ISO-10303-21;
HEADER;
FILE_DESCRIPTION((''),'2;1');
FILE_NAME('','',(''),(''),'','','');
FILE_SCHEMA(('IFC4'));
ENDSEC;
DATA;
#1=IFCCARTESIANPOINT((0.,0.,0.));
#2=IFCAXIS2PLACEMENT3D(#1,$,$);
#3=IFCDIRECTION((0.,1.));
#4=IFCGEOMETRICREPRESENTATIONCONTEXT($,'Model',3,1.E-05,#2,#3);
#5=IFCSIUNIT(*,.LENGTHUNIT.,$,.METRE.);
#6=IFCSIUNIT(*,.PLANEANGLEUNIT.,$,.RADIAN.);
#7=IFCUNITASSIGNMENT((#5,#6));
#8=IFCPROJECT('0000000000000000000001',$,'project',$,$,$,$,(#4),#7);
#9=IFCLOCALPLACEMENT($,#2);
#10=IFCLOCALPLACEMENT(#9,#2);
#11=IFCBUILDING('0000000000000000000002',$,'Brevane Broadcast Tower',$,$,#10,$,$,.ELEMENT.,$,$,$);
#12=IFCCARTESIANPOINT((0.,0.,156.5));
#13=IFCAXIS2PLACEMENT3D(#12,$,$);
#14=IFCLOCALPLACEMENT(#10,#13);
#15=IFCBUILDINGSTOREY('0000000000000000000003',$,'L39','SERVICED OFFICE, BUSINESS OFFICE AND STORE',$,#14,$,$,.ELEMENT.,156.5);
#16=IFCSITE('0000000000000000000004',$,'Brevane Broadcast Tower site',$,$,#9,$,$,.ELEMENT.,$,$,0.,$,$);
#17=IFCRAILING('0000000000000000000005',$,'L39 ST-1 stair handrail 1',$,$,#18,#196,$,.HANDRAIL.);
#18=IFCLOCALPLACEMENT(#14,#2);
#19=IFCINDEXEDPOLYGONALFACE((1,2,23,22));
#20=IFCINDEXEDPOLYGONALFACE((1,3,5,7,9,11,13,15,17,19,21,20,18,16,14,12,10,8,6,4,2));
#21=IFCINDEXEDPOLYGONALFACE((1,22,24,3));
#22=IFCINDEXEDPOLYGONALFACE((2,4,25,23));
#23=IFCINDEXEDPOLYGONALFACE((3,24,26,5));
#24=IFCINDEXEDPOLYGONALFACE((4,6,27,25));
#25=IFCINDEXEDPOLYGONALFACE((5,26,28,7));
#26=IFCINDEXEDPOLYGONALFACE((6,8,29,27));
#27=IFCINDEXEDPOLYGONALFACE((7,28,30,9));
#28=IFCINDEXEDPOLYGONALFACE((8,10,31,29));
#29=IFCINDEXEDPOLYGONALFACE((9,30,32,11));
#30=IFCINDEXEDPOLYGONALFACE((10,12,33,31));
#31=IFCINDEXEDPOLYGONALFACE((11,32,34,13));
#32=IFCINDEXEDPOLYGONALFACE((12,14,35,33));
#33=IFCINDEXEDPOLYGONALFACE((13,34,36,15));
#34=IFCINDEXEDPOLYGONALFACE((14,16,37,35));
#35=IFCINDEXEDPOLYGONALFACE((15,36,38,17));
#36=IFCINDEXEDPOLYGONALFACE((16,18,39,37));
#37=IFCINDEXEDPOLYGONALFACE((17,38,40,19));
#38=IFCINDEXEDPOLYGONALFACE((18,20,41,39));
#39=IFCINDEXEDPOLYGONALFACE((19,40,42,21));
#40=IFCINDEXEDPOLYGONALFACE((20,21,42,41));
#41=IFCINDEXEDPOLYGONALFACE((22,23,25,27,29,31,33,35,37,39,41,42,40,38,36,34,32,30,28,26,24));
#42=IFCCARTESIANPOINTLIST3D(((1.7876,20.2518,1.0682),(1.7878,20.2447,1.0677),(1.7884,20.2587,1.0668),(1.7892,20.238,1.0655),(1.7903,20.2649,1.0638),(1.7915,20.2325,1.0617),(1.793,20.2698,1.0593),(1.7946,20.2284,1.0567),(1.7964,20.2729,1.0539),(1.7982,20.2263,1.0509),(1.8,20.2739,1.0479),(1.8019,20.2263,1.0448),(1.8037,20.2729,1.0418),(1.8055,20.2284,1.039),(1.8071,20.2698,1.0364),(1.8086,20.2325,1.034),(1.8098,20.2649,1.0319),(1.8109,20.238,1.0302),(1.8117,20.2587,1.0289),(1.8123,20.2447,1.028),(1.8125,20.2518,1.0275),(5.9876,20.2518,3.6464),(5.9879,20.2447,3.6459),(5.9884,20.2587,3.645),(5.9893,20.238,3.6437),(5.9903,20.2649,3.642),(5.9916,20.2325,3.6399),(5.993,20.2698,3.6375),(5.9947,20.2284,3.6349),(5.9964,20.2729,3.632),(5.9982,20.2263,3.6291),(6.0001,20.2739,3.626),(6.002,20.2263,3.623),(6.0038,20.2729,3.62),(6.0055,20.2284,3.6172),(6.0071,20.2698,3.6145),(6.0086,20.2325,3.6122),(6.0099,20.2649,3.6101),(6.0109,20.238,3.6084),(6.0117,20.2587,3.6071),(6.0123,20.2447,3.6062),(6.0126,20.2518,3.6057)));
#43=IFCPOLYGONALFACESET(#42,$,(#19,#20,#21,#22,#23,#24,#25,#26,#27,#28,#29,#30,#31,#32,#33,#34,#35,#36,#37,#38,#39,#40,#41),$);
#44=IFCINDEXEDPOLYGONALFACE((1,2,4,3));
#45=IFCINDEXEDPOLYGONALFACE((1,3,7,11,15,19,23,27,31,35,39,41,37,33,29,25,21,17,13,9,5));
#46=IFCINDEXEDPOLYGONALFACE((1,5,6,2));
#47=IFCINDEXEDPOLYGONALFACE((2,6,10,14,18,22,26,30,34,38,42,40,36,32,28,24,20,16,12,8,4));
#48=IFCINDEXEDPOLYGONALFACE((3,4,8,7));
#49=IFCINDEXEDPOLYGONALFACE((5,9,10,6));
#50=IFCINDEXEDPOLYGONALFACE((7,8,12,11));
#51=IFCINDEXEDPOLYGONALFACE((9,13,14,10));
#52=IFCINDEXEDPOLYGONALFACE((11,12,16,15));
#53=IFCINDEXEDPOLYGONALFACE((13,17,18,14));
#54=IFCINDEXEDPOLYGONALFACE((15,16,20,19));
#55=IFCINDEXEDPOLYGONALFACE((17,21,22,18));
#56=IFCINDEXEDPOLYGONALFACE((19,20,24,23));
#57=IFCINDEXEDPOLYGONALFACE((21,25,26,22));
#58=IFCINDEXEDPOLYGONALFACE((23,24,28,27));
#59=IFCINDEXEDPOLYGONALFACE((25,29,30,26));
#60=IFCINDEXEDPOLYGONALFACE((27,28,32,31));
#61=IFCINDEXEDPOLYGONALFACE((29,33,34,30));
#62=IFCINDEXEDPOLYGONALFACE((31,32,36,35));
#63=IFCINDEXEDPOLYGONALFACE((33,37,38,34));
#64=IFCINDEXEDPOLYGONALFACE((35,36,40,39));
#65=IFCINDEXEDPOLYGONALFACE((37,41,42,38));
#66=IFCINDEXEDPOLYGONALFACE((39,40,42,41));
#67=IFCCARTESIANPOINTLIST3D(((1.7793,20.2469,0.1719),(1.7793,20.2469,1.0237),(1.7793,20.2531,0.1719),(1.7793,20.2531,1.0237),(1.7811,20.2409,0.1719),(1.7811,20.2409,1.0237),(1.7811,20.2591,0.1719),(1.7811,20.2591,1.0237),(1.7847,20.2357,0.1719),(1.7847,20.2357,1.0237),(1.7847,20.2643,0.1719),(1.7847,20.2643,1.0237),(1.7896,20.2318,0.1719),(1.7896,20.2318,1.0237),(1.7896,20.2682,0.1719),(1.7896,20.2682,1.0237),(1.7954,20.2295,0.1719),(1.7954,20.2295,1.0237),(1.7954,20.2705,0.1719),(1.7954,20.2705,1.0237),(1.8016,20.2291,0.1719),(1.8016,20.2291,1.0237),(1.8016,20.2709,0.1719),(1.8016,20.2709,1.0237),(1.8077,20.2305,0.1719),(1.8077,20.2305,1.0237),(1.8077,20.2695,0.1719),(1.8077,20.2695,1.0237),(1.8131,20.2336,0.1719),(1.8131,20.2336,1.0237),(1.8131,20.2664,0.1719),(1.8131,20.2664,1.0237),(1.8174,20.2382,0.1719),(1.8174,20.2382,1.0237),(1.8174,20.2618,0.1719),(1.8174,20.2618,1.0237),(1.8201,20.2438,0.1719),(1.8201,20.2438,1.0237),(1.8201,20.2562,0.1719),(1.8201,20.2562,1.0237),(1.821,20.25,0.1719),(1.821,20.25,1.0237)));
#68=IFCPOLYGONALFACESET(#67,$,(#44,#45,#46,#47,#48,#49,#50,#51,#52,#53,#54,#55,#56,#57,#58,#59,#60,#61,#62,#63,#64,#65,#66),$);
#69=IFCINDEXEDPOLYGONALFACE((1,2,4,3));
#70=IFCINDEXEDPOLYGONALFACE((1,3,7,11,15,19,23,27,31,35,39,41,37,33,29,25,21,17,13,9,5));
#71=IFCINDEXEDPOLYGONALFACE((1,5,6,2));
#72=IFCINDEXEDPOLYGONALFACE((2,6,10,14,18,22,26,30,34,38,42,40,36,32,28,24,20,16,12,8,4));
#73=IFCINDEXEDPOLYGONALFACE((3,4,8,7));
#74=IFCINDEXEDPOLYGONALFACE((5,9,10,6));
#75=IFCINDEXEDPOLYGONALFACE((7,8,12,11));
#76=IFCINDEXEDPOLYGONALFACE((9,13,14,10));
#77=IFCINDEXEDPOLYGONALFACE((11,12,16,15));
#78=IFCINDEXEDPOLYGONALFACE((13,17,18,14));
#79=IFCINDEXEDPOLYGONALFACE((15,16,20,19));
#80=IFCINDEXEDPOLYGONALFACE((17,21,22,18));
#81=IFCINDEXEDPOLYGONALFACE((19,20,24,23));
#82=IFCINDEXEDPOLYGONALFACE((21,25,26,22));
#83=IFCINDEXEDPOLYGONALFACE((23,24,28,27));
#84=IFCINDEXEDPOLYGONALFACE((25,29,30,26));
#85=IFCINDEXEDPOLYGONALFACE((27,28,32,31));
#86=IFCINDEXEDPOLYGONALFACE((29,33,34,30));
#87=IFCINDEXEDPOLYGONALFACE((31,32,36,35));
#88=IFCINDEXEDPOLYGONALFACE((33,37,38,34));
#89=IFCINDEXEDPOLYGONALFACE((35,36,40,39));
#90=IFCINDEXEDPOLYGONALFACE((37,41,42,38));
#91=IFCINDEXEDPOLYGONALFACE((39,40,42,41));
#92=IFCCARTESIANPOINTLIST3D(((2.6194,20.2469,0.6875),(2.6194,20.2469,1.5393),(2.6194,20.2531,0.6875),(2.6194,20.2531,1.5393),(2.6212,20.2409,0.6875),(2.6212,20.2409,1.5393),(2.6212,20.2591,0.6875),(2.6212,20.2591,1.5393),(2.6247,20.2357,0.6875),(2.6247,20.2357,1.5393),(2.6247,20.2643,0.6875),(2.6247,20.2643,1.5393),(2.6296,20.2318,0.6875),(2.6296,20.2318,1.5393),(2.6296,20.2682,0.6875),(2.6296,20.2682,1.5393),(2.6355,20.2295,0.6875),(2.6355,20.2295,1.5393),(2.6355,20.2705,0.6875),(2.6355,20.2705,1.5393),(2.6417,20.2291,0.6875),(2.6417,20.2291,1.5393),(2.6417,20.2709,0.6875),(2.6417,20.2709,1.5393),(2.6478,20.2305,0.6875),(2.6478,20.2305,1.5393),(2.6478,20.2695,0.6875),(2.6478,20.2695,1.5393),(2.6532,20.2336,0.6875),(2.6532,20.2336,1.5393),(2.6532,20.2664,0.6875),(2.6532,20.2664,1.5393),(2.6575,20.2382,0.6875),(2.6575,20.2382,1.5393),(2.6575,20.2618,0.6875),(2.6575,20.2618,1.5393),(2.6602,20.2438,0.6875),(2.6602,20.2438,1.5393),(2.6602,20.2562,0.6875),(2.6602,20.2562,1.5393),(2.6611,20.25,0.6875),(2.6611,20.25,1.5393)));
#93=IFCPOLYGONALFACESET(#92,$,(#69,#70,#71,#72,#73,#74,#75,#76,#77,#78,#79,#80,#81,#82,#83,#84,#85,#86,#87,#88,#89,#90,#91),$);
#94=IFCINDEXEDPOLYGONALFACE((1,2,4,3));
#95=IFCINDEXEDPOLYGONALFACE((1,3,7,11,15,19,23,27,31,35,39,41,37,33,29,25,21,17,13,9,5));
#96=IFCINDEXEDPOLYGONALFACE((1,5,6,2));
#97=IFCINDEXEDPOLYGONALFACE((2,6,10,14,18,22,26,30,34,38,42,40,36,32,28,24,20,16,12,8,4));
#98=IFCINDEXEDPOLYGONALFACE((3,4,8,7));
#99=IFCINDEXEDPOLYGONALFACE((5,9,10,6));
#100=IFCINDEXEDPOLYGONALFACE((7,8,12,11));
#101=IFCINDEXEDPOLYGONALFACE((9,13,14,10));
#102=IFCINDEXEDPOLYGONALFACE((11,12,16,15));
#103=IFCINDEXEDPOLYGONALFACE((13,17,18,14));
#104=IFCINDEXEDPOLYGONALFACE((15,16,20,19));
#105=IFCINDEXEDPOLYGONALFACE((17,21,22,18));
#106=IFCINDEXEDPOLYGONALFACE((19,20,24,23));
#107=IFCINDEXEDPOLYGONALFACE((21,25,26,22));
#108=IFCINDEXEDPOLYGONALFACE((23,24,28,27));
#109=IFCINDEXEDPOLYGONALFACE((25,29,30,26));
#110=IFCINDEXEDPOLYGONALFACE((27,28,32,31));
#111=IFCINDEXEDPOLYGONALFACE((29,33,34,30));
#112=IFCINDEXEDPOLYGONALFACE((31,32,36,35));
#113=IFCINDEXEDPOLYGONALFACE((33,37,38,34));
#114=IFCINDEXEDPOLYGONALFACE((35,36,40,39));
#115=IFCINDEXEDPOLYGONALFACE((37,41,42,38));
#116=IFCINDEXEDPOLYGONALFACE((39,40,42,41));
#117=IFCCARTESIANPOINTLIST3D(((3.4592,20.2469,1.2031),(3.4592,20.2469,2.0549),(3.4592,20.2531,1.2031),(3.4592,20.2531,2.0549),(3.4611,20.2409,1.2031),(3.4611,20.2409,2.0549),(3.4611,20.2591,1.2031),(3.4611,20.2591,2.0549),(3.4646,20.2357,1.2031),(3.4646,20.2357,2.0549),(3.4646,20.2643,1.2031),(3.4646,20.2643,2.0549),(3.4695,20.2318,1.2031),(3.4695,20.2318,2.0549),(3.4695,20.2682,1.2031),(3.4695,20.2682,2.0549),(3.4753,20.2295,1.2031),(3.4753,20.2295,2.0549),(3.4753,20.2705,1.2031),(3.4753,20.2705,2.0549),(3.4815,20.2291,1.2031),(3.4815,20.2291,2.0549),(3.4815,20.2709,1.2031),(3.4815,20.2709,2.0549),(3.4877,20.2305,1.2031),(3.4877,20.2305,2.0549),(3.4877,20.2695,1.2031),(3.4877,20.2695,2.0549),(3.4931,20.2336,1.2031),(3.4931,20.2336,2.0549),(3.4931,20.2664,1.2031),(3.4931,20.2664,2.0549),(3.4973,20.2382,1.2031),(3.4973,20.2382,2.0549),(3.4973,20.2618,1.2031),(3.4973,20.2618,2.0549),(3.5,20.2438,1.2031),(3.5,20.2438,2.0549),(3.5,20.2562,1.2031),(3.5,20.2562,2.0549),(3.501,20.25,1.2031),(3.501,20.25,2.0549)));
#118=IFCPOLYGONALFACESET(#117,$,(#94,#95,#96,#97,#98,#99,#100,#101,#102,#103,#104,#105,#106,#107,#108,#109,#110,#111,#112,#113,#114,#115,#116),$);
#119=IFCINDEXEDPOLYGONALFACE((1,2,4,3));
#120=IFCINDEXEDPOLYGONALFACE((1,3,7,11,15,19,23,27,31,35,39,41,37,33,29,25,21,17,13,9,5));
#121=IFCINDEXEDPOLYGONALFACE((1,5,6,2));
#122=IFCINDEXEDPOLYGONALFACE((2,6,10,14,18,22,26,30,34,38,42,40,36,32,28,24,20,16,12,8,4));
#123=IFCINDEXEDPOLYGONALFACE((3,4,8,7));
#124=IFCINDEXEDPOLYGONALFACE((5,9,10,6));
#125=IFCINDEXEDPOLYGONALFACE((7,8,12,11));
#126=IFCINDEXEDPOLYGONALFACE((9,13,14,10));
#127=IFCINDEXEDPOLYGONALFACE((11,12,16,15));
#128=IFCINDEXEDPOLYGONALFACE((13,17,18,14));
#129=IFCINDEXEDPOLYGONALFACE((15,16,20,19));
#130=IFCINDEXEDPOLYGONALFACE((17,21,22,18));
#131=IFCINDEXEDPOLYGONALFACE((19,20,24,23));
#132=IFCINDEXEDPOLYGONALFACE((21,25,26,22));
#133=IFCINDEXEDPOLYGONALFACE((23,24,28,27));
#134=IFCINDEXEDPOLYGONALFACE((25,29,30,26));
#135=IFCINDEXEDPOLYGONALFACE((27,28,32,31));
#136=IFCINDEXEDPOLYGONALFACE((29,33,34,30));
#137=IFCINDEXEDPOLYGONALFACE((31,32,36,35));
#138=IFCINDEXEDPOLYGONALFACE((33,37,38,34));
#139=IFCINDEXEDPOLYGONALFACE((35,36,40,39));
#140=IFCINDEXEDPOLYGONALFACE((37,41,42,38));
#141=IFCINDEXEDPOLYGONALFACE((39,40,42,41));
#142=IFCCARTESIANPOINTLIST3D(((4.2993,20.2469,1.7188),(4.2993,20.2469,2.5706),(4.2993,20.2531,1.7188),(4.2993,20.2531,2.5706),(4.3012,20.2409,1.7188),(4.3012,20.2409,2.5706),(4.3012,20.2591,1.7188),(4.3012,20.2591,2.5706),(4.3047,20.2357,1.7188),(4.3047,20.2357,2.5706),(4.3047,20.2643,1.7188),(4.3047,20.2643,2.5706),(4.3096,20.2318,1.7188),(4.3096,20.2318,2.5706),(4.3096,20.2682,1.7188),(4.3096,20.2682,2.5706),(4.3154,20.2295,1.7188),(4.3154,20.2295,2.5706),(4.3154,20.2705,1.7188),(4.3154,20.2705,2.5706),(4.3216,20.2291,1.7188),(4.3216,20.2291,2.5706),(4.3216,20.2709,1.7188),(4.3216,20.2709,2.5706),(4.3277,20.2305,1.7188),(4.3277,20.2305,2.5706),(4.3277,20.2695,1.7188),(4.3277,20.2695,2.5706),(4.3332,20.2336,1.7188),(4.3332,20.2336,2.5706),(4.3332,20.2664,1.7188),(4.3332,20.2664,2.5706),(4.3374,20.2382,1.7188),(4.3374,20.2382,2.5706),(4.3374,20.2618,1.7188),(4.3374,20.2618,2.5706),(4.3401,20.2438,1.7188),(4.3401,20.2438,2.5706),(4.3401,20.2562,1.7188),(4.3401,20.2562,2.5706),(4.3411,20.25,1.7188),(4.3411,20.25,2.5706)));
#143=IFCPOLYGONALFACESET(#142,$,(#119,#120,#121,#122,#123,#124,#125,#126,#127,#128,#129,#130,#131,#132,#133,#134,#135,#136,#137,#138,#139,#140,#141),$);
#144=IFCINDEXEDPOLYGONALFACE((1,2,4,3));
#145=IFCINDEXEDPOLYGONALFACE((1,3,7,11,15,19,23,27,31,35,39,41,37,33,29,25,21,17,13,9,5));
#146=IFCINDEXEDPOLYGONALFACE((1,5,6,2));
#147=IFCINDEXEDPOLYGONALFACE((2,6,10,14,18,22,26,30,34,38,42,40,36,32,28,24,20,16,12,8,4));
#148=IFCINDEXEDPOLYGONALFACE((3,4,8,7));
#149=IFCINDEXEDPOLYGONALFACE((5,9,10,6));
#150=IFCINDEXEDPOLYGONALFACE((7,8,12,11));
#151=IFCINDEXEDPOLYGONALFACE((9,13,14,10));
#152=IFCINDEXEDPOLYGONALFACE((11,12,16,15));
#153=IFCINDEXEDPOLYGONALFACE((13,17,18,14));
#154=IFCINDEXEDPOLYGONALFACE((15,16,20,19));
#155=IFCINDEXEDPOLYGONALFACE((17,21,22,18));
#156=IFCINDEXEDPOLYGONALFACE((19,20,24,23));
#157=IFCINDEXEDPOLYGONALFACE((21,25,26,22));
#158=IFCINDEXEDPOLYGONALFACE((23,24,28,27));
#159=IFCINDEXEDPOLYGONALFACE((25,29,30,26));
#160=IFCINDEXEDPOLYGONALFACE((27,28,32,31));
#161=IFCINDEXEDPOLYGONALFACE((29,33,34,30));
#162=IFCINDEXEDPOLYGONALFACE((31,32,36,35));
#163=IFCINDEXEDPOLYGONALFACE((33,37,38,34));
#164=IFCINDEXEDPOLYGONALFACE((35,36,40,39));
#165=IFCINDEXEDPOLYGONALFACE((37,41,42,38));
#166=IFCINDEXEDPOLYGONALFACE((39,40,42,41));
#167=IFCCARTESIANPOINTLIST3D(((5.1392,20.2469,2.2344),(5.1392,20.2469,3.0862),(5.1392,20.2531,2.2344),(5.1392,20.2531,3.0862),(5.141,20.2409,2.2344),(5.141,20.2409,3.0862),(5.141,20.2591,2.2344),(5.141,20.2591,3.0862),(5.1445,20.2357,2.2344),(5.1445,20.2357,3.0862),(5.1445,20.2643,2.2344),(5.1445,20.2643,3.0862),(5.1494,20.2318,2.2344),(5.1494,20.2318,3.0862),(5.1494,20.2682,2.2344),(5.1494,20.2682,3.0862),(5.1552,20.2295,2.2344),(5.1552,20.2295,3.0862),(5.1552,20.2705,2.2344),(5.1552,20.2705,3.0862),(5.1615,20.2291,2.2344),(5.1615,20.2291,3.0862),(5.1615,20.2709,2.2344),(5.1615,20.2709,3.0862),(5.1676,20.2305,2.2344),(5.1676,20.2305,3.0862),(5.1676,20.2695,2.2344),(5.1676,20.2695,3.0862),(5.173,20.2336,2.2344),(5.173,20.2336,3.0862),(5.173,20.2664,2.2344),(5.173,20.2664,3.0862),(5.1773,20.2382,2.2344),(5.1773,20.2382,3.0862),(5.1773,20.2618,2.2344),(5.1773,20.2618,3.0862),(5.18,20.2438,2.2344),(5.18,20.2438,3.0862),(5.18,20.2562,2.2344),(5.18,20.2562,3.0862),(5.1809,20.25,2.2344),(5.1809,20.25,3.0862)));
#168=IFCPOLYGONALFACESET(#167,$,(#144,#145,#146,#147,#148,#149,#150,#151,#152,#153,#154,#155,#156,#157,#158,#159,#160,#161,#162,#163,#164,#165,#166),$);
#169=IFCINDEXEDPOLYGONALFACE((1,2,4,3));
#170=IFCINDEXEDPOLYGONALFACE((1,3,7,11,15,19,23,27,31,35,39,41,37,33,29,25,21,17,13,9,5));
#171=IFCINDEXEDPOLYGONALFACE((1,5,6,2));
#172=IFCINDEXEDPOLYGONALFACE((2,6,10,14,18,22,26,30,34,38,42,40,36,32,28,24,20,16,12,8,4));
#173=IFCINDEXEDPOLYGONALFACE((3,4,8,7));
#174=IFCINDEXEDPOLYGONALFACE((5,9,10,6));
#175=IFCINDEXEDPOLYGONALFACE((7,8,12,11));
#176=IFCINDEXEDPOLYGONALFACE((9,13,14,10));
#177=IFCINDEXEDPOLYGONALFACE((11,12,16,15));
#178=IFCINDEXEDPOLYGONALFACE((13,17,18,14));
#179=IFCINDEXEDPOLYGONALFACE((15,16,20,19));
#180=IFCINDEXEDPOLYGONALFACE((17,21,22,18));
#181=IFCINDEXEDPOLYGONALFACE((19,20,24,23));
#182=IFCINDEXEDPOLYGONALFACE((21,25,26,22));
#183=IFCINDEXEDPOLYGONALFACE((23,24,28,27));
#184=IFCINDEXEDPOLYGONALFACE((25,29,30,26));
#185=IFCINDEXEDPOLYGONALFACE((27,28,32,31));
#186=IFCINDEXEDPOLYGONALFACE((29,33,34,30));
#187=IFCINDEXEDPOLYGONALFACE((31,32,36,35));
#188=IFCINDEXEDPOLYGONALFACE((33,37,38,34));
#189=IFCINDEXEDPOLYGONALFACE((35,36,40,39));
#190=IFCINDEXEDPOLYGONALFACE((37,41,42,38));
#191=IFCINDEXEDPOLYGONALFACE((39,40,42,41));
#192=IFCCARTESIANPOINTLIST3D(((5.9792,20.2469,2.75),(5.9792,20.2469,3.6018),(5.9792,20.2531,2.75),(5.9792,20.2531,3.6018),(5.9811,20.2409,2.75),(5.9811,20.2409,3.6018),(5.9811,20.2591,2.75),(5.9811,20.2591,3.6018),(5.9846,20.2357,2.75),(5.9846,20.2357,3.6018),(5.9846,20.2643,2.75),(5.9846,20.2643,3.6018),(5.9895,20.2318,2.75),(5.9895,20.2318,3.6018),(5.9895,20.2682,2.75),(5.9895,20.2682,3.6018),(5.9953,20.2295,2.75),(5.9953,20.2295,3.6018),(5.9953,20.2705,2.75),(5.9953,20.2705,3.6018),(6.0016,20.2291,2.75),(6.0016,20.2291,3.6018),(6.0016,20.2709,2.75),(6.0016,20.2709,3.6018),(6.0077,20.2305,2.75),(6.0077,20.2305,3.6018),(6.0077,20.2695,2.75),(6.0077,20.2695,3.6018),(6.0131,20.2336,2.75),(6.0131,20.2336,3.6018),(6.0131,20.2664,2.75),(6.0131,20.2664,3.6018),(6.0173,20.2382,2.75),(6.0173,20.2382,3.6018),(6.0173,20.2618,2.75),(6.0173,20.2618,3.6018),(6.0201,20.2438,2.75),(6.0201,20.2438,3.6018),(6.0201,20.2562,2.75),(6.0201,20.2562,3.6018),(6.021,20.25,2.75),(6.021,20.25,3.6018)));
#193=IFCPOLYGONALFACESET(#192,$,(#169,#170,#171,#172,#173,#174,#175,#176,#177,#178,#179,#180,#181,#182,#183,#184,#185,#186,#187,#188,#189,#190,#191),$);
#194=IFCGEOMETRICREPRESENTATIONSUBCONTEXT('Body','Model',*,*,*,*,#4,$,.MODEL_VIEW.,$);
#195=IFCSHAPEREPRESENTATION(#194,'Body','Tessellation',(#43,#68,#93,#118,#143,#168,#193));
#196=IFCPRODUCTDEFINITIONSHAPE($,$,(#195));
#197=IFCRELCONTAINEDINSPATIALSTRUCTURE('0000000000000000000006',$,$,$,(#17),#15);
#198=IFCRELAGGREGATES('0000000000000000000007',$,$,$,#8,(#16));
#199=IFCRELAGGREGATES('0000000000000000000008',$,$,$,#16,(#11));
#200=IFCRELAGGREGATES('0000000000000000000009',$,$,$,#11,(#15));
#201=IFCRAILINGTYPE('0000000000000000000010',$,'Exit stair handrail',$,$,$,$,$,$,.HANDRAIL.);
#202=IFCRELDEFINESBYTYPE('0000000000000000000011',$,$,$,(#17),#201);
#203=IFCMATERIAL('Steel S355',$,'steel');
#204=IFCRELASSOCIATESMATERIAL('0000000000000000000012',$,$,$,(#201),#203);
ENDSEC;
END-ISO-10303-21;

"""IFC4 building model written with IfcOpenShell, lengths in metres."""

from ifc_helpers import new_model, si_unit, direction, frame, origin, origin_2d, place, context, subcontext, project, spatial, circle, extrude, material, type_object, element, save


model = new_model("IFC4")

# Units and contexts
model_context = context("Model", 3, precision=1e-05, world=origin(), true_north=direction((0.0, 1.0)))
body_context = subcontext(model_context, "Body", "Model", "MODEL_VIEW")
ifc_project = project(units=[si_unit("LENGTHUNIT", "METRE"), si_unit("PLANEANGLEUNIT", "RADIAN")], contexts=[model_context])

# Site, building, storey
site_placement = place(None, origin())
site = spatial("IfcSite", under=ifc_project, at=site_placement, Name="Brevane Broadcast Tower site", CompositionType="ELEMENT", RefElevation=0.0)
building_placement = place(site_placement, origin())
building = spatial("IfcBuilding", under=site, at=building_placement, Name="Brevane Broadcast Tower", CompositionType="ELEMENT")
storey_placement = place(building_placement, frame((0.0, 0.0, 156.5)))
storey = spatial("IfcBuildingStorey", under=building, at=storey_placement, Name="L39", Description="SERVICED OFFICE, BUSINESS OFFICE AND STORE", CompositionType="ELEMENT", Elevation=156.5)

# Railing
ifc_material_1 = material(Name="Steel S355", Category="steel")
railing_type_1 = type_object("IfcRailingType", Name="Exit stair handrail", PredefinedType="HANDRAIL", material=ifc_material_1)
railing_1_placement = place(storey_placement, frame((1.8, 20.25, 0.1719)))
element("IfcRailing", 1, at=railing_1_placement, inside=storey, type_object=railing_type_1, Name="L39 ST-1 stair handrail 1", PredefinedType="HANDRAIL", context=body_context, shape_type="SweptSolid", body=[
    extrude(circle(Radius=0.0239, at=origin_2d()), frame((0.0, 0.0, 0.876), z_axis=(0.852243, 0.0, 0.523146), x_axis=(0.0, 1.0, 0.0)), (0.0, 0.0, 1.0), 4.9282),
    extrude(circle(Radius=0.021, at=origin_2d()), origin(), (0.0, 0.0, 1.0), 0.8518),
    extrude(circle(Radius=0.021, at=origin_2d()), frame((0.8401, 0.0, 0.5156)), (0.0, 0.0, 1.0), 0.8518),
    extrude(circle(Radius=0.021, at=origin_2d()), frame((1.6799, 0.0, 1.0312)), (0.0, 0.0, 1.0), 0.8518),
    extrude(circle(Radius=0.021, at=origin_2d()), frame((2.52, 0.0, 1.5469)), (0.0, 0.0, 1.0), 0.8518),
    extrude(circle(Radius=0.021, at=origin_2d()), frame((3.3599, 0.0, 2.0625)), (0.0, 0.0, 1.0), 0.8518),
    extrude(circle(Radius=0.021, at=origin_2d()), frame((4.2, 0.0, 2.5781)), (0.0, 0.0, 1.0), 0.8518),
])

save(model, "model.ifc")
